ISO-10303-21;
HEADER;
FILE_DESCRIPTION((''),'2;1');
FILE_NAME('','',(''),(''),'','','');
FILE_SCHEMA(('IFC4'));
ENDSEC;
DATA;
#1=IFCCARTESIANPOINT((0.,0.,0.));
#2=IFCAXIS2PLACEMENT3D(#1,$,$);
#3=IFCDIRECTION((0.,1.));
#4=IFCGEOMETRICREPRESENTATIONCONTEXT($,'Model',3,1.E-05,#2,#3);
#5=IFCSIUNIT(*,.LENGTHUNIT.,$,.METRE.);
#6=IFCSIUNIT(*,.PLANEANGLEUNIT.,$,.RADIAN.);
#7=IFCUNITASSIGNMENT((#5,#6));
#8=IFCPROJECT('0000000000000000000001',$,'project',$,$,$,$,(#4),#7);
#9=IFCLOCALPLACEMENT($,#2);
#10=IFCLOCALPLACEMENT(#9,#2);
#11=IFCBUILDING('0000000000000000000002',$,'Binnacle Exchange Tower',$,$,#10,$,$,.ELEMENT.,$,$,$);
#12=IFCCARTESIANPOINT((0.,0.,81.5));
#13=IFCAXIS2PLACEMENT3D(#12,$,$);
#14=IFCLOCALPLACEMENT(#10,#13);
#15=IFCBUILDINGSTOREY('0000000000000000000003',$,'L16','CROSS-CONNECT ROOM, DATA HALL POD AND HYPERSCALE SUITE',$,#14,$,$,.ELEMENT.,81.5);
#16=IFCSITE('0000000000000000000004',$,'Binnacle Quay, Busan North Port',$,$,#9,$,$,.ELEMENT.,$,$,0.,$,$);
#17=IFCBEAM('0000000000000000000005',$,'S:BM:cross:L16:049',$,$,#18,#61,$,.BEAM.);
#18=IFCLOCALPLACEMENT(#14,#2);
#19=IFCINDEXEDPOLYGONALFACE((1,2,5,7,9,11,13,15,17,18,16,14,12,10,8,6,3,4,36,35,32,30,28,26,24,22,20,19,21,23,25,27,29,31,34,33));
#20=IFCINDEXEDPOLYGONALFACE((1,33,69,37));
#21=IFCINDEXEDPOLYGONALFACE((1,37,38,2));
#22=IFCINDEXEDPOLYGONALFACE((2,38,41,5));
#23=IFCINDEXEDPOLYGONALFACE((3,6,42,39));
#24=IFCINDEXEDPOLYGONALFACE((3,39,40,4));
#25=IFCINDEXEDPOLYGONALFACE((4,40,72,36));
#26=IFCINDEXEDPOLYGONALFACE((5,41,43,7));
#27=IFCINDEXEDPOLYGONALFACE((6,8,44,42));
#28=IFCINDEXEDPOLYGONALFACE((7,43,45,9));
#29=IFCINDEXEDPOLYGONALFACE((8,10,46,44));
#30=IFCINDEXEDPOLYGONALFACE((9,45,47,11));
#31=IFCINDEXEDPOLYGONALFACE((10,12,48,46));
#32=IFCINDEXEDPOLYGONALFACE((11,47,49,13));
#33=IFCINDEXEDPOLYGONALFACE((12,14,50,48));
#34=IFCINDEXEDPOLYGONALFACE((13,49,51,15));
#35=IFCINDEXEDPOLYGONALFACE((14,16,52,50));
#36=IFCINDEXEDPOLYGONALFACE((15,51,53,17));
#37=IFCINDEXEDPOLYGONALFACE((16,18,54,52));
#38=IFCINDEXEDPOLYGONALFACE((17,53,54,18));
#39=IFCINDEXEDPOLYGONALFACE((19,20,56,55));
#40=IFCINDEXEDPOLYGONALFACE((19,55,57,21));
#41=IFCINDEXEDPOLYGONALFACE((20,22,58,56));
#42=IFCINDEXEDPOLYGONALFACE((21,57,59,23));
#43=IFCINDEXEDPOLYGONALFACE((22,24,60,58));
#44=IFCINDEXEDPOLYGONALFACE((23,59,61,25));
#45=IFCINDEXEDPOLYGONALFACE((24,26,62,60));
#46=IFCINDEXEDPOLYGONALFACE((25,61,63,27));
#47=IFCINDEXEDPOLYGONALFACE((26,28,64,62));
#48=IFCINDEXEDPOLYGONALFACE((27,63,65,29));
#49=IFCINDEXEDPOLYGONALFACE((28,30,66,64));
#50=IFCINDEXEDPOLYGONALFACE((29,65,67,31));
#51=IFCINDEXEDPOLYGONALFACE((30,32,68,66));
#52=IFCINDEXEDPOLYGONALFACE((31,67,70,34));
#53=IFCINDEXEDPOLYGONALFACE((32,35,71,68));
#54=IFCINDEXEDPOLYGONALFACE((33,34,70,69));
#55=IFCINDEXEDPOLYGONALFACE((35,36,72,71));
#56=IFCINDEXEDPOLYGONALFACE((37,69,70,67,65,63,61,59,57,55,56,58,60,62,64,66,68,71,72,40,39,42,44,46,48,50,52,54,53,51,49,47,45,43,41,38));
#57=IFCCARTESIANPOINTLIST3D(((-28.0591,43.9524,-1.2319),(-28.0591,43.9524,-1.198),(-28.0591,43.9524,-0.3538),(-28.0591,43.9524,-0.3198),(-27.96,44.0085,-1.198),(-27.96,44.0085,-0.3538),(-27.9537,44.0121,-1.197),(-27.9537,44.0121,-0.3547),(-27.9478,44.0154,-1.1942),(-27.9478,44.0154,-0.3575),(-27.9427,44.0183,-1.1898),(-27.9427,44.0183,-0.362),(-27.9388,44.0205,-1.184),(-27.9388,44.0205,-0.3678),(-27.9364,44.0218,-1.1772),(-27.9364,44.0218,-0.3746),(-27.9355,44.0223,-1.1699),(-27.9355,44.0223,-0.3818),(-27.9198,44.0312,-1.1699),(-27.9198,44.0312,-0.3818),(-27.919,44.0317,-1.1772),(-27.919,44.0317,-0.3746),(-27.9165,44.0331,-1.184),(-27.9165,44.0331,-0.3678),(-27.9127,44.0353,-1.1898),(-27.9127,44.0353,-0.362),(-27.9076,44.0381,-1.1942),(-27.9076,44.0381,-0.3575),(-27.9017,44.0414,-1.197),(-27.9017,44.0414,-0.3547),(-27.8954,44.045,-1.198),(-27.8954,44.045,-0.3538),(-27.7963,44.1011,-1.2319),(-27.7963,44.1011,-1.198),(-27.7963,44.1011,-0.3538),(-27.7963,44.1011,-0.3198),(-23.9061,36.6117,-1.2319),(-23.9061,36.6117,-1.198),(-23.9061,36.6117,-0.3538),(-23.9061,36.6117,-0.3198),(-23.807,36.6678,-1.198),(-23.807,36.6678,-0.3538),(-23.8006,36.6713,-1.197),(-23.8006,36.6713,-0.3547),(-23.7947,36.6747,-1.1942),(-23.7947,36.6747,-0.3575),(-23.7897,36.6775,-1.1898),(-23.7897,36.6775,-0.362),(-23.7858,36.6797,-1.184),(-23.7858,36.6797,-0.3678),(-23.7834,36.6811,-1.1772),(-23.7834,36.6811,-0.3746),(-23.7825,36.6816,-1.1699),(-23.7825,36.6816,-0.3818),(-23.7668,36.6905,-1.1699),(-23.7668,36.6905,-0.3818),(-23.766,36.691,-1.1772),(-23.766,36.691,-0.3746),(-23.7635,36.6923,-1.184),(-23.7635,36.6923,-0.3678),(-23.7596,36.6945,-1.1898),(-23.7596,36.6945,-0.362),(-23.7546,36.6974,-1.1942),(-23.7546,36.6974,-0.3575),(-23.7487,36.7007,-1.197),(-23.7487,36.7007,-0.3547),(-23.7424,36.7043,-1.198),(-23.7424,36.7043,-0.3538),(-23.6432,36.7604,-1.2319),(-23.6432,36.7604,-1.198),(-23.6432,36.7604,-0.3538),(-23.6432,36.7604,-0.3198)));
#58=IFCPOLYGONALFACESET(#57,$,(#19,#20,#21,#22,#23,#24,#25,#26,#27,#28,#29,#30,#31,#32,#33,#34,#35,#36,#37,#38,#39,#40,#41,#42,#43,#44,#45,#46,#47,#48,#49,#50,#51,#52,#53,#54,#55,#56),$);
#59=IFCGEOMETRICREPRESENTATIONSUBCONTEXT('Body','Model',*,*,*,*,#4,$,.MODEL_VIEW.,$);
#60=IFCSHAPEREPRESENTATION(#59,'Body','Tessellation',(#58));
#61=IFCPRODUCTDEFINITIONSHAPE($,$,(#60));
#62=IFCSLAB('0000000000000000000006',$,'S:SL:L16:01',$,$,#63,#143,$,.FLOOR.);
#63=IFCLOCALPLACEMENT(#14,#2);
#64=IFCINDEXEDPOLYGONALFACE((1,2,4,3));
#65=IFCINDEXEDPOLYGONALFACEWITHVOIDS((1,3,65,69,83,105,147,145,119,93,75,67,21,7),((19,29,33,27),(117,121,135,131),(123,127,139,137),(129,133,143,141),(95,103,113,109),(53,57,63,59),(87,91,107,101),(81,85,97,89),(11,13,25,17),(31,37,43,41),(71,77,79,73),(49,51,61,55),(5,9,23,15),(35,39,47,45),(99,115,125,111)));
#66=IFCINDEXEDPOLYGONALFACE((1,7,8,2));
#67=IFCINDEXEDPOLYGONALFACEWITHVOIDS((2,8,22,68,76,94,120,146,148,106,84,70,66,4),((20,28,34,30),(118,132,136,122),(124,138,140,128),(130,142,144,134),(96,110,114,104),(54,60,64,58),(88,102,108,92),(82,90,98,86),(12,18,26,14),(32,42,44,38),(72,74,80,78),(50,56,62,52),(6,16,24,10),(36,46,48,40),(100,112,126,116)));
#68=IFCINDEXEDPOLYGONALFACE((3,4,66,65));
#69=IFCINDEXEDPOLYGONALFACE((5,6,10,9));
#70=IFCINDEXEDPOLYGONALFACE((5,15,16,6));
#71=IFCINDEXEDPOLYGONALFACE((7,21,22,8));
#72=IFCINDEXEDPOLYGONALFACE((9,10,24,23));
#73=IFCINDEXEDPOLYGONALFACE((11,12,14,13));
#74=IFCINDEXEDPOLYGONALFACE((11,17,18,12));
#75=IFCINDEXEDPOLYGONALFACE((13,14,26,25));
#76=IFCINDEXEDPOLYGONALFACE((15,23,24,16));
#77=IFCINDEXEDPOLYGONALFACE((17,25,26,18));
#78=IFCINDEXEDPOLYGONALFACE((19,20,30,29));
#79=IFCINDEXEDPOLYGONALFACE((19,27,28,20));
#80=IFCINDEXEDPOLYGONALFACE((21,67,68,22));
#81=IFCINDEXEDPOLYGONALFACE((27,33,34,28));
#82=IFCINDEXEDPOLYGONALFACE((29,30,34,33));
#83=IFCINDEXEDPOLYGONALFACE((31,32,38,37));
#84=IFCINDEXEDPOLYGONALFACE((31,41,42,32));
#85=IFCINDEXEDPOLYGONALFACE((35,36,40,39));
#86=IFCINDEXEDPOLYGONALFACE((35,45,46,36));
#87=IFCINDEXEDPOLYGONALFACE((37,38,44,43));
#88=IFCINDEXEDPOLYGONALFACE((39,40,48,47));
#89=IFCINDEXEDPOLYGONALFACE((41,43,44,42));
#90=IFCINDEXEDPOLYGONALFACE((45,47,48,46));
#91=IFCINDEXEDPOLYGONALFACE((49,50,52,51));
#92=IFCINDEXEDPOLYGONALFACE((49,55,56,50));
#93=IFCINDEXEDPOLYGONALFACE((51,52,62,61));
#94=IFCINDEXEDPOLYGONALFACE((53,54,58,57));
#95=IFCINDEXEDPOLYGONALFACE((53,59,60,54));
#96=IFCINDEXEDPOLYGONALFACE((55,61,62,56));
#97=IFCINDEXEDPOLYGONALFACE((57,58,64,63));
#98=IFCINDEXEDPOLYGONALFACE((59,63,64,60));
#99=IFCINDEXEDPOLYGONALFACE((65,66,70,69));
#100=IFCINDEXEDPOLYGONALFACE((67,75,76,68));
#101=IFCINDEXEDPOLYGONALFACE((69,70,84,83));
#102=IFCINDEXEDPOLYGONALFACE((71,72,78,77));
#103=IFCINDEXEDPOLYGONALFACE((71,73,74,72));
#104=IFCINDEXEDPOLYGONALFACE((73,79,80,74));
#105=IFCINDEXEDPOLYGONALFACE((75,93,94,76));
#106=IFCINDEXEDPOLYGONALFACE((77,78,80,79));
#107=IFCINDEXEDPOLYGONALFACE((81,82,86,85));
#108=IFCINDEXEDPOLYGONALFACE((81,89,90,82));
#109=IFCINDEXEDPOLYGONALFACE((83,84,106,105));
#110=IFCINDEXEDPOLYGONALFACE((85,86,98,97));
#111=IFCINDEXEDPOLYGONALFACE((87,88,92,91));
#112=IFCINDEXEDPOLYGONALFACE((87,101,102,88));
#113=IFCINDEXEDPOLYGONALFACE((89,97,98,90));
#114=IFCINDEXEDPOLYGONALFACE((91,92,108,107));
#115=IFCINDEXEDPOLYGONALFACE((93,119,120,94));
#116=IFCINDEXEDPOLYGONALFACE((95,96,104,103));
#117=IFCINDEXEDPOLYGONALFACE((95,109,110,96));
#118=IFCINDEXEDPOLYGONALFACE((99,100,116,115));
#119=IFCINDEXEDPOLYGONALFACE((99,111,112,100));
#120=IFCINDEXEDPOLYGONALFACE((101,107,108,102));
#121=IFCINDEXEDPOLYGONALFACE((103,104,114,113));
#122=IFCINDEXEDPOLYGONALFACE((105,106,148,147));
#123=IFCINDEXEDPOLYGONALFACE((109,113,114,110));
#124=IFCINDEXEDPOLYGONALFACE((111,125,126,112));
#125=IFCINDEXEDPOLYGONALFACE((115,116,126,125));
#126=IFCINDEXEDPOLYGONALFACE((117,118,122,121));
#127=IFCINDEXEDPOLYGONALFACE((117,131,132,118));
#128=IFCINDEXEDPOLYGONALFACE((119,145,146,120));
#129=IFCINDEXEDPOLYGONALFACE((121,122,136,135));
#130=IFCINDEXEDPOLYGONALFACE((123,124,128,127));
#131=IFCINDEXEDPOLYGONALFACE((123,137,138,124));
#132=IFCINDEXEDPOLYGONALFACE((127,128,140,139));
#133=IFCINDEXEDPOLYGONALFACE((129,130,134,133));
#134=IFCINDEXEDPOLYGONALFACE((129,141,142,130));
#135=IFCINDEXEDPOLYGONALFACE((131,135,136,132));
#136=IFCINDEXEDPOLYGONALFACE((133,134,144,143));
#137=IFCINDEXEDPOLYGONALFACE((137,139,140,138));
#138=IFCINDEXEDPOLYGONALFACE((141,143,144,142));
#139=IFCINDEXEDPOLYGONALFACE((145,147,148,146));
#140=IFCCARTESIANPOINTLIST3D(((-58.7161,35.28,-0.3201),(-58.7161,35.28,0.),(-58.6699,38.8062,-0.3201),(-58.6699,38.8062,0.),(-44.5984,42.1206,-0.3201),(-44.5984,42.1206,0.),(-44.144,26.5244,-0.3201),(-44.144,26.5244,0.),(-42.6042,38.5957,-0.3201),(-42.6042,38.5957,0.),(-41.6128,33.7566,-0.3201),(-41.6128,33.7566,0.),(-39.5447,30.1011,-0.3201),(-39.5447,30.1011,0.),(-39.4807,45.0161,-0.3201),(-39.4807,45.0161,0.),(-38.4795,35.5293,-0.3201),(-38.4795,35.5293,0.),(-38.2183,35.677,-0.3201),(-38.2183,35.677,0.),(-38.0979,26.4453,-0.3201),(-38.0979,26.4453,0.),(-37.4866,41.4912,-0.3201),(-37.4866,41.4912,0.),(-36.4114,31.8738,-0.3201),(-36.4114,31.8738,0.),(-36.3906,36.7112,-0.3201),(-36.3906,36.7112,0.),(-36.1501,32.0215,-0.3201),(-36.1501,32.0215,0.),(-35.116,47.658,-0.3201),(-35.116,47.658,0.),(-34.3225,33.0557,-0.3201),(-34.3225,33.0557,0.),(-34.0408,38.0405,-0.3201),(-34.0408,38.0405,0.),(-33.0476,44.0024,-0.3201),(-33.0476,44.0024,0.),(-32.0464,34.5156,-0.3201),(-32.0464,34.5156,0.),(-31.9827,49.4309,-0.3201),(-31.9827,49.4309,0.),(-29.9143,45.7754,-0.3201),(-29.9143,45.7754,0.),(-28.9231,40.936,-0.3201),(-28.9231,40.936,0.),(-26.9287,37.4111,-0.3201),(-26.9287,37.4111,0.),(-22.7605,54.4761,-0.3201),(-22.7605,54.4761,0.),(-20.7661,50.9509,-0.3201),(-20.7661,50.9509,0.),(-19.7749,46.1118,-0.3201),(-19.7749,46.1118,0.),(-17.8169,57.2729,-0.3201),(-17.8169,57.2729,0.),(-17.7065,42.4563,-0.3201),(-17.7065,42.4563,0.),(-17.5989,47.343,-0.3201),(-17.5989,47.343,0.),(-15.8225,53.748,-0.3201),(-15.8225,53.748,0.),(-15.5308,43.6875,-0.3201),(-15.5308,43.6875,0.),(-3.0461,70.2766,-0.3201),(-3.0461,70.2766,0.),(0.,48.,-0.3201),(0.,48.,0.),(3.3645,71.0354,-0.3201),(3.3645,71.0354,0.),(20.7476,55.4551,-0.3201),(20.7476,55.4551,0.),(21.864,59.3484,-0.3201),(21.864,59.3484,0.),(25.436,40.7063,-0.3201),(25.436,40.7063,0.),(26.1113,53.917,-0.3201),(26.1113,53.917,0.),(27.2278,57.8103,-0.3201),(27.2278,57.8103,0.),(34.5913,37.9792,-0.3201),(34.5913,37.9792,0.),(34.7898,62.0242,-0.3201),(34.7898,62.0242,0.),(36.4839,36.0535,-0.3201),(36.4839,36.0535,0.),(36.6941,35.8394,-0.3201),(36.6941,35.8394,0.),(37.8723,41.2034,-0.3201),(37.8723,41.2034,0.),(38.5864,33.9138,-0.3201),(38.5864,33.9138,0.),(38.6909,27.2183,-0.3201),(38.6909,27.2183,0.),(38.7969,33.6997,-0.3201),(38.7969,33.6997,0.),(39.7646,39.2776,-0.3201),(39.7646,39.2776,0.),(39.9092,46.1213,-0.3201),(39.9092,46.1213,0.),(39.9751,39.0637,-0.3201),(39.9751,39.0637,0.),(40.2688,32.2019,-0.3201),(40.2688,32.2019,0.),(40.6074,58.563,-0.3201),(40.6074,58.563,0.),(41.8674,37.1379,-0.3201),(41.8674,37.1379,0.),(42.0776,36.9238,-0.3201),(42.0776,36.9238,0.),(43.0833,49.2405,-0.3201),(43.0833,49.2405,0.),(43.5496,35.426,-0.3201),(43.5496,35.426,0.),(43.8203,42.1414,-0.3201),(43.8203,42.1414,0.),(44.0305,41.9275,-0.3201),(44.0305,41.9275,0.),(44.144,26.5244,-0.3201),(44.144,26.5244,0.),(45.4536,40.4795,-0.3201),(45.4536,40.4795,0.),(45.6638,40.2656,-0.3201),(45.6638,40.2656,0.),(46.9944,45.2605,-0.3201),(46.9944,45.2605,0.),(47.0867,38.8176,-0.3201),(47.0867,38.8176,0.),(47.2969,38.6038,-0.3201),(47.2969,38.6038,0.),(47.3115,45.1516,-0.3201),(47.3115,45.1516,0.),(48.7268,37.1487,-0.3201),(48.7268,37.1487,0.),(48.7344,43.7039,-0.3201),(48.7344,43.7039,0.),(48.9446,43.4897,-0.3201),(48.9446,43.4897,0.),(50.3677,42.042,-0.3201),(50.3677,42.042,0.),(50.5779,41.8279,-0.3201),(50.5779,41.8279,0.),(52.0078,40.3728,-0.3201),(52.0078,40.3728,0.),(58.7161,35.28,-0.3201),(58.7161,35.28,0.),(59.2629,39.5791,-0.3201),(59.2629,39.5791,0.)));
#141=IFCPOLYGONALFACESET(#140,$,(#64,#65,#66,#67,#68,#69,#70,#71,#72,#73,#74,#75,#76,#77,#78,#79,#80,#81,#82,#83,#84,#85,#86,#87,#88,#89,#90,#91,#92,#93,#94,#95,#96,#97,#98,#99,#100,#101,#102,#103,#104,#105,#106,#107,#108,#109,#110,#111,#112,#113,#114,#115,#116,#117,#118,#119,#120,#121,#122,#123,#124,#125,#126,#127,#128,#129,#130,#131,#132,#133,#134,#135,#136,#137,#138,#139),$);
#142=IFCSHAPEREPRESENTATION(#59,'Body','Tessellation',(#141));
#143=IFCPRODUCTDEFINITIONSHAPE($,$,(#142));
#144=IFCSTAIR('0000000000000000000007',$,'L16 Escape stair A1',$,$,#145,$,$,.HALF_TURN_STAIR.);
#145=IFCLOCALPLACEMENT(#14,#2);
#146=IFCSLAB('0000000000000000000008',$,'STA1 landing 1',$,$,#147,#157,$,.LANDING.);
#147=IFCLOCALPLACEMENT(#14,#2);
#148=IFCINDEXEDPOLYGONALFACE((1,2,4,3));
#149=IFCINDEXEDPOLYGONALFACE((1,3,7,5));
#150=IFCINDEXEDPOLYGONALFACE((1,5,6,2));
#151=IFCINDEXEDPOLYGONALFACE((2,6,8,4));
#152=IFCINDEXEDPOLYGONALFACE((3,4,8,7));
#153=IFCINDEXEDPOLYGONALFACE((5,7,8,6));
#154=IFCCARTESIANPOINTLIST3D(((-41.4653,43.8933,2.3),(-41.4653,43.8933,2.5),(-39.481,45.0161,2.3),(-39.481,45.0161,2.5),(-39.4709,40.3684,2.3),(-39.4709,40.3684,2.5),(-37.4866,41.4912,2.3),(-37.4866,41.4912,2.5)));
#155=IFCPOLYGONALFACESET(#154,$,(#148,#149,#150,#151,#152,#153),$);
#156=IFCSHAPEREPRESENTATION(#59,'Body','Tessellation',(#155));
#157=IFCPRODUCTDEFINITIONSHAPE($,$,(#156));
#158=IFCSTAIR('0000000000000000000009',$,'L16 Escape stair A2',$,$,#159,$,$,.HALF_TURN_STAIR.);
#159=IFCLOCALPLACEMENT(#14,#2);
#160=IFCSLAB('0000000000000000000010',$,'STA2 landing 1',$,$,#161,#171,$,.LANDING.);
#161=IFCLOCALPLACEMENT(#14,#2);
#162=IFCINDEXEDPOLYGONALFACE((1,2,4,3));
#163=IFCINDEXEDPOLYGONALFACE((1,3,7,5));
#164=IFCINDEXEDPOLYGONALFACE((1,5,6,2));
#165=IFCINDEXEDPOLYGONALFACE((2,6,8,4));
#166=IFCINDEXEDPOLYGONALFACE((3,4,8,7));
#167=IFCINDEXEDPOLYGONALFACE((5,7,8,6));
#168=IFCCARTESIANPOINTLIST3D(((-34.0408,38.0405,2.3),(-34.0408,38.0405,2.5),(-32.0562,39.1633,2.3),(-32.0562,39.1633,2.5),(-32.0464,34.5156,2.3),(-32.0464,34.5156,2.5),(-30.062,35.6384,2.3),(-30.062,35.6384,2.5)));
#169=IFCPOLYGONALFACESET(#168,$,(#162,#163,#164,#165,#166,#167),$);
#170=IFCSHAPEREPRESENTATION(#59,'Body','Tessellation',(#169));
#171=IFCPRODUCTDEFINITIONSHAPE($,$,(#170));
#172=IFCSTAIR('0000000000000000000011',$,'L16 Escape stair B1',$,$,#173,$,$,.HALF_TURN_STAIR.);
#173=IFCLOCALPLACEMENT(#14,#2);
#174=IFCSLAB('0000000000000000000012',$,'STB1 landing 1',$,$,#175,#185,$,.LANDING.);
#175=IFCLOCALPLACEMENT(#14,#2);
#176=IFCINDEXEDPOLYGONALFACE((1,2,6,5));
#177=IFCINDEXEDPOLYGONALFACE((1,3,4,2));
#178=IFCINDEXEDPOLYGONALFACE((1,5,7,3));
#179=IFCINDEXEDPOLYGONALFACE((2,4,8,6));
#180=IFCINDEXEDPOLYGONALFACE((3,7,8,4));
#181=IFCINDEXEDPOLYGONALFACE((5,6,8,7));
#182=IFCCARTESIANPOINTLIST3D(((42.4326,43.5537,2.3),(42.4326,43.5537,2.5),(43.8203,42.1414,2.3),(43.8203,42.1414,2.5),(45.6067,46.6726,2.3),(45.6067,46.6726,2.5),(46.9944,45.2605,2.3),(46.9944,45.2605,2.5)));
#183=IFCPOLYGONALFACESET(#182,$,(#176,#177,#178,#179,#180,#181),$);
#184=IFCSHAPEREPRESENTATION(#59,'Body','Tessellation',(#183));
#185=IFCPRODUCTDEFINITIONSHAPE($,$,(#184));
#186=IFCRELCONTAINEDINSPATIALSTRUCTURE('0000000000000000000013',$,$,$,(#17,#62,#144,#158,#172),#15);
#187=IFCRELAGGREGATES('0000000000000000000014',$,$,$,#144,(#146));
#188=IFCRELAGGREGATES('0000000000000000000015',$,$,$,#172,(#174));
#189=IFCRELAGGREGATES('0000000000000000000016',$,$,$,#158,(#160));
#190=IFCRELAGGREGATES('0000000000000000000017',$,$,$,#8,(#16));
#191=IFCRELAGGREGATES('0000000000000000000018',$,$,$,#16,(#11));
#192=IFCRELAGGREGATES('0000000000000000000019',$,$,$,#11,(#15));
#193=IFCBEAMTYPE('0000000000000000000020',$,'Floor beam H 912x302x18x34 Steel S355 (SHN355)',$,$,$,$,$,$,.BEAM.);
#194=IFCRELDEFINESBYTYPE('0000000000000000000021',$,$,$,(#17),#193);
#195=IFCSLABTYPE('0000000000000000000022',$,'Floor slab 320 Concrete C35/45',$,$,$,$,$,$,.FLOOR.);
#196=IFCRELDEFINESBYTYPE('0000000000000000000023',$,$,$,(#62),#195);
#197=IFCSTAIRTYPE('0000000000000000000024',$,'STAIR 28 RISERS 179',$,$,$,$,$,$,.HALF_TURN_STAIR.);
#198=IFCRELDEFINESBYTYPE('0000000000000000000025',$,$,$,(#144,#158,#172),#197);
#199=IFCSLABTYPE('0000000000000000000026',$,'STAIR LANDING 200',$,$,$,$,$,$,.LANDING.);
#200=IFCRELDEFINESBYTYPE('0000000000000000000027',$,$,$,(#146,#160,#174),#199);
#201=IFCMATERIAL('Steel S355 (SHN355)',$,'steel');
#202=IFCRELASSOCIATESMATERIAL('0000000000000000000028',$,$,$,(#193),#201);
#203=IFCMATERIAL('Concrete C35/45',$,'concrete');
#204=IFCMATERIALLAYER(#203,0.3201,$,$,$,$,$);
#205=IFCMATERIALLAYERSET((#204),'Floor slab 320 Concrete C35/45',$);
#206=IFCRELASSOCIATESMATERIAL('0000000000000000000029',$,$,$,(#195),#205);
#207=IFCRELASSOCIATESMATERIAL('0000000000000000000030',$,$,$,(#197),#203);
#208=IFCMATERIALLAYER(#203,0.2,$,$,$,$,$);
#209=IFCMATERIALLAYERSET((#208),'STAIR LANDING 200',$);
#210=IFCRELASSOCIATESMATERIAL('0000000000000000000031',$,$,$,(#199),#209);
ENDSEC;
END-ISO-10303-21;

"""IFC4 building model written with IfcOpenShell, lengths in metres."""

from ifc_helpers import new_model, si_unit, direction, frame, origin, origin_2d, place, context, subcontext, project, spatial, polyline, i_section, outline, extrude, material, layer, layer_set, material_profile, profile_set, type_object, element, aggregate, save


model = new_model("IFC4")

# Units and contexts
model_context = context("Model", 3, precision=1e-05, world=origin(), true_north=direction((0.0, 1.0)))
body_context = subcontext(model_context, "Body", "Model", "MODEL_VIEW")
ifc_project = project(units=[si_unit("LENGTHUNIT", "METRE"), si_unit("PLANEANGLEUNIT", "RADIAN")], contexts=[model_context])

# Site, building, storey
site_placement = place(None, origin())
site = spatial("IfcSite", under=ifc_project, at=site_placement, Name="Binnacle Quay, Busan North Port", CompositionType="ELEMENT", RefElevation=0.0)
building_placement = place(site_placement, origin())
building = spatial("IfcBuilding", under=site, at=building_placement, Name="Binnacle Exchange Tower", CompositionType="ELEMENT")
storey_placement = place(building_placement, frame((0.0, 0.0, 81.5)))
storey = spatial("IfcBuildingStorey", under=building, at=storey_placement, Name="L16", Description="CROSS-CONNECT ROOM, DATA HALL POD AND HYPERSCALE SUITE", CompositionType="ELEMENT", Elevation=81.5)

# Beam
ifc_material_1 = material(Name="Steel S355 (SHN355)", Category="steel")
ifc_material_profile_1 = material_profile(ifc_material_1, i_section(OverallWidth=0.302, OverallDepth=0.9121, WebThickness=0.0181, FlangeThickness=0.0339, FilletRadius=0.0281, at=origin_2d()), Name="H 912x302x18x34")
ifc_profile_set_1 = profile_set([ifc_material_profile_1], Name="Steel S355 (SHN355)")
beam_type_1 = type_object("IfcBeamType", Name="Floor beam H 912x302x18x34 Steel S355 (SHN355)", PredefinedType="BEAM", material=ifc_profile_set_1)
beam_1_placement = place(storey_placement, frame((-23.7747, 36.686, -0.7759), z_axis=(-0.492409, 0.870364, 0.0), x_axis=(-0.870364, -0.492409, 0.0)))
element("IfcBeam", 1, at=beam_1_placement, inside=storey, type_object=beam_type_1, Name="S:BM:cross:L16:049", PredefinedType="BEAM", context=body_context, shape_type="SweptSolid", body=[
    extrude(i_section(OverallWidth=0.302, OverallDepth=0.9121, WebThickness=0.0181, FlangeThickness=0.0339, FilletRadius=0.0281, at=origin_2d()), origin(), (0.0, 0.0, 1.0), 8.4341),
])

# Slab
ifc_material_2 = material(Name="Concrete C35/45", Category="concrete")
ifc_layer_1 = layer(ifc_material_2, 0.3201)
ifc_layer_set_1 = layer_set([ifc_layer_1], Name="Floor slab 320 Concrete C35/45")
slab_type_1 = type_object("IfcSlabType", Name="Floor slab 320 Concrete C35/45", PredefinedType="FLOOR", material=ifc_layer_set_1)
slab_1_placement = place(storey_placement, frame((0.0, 0.0, -0.3201)))
element("IfcSlab", 2, at=slab_1_placement, inside=storey, type_object=slab_type_1, Name="S:SL:L16:01", PredefinedType="FLOOR", context=body_context, shape_type="SweptSolid", body=[
    extrude(outline(polyline([(59.2629, 39.5791), (58.7161, 35.28), (44.144, 26.5244), (38.6909, 27.2183), (25.436, 40.7063), (0.0, 48.0), (-38.0979, 26.4453), (-44.144, 26.5244), (-58.7161, 35.28), (-58.6699, 38.8062), (-3.0461, 70.2766), (3.3645, 71.0354), (34.7898, 62.0242), (40.6074, 58.563), (59.2629, 39.5791)]), holes=[polyline([(-38.4795, 35.5293), (-41.6128, 33.7566), (-39.5447, 30.1011), (-36.4114, 31.8738), (-38.4795, 35.5293)]), polyline([(-34.3225, 33.0557), (-36.3906, 36.7112), (-38.2183, 35.677), (-36.1501, 32.0215), (-34.3225, 33.0557)]), polyline([(-34.0408, 38.0405), (-32.0464, 34.5156), (-26.9287, 37.4111), (-28.9231, 40.936), (-34.0408, 38.0405)]), polyline([(-37.4866, 41.4912), (-39.4807, 45.0161), (-44.5984, 42.1206), (-42.6042, 38.5957), (-37.4866, 41.4912)]), polyline([(-15.5308, 43.6875), (-17.5989, 47.343), (-19.7749, 46.1118), (-17.7065, 42.4563), (-15.5308, 43.6875)]), polyline([(-29.9143, 45.7754), (-31.9827, 49.4309), (-35.116, 47.658), (-33.0476, 44.0024), (-29.9143, 45.7754)]), polyline([(-15.8225, 53.748), (-17.8169, 57.2729), (-22.7605, 54.4761), (-20.7661, 50.9509), (-15.8225, 53.748)]), polyline([(26.1113, 53.917), (27.2278, 57.8103), (21.864, 59.3484), (20.7476, 55.4551), (26.1113, 53.917)]), polyline([(40.2688, 32.2019), (43.5496, 35.426), (42.0776, 36.9238), (38.7969, 33.6997), (40.2688, 32.2019)]), polyline([(38.5864, 33.9138), (41.8674, 37.1379), (39.9751, 39.0637), (36.6941, 35.8394), (38.5864, 33.9138)]), polyline([(36.4839, 36.0535), (39.7646, 39.2776), (37.8723, 41.2034), (34.5913, 37.9792), (36.4839, 36.0535)]), polyline([(48.7268, 37.1487), (52.0078, 40.3728), (50.5779, 41.8279), (47.2969, 38.6038), (48.7268, 37.1487)]), polyline([(47.0867, 38.8176), (50.3677, 42.042), (48.9446, 43.4897), (45.6638, 40.2656), (47.0867, 38.8176)]), polyline([(45.4536, 40.4795), (48.7344, 43.7039), (47.3115, 45.1516), (44.0305, 41.9275), (45.4536, 40.4795)]), polyline([(43.8203, 42.1414), (46.9944, 45.2605), (43.0833, 49.2405), (39.9092, 46.1213), (43.8203, 42.1414)])]), origin(), (0.0, 0.0, 1.0), 0.3201),
])

# Stairs, slabs
stair_type = type_object("IfcStairType", Name="STAIR 28 RISERS 179", PredefinedType="HALF_TURN_STAIR", material=ifc_material_2)
stair_1_placement = place(storey_placement, origin())
stair_1 = element("IfcStair", 3, at=stair_1_placement, inside=storey, type_object=stair_type, Name="L16 Escape stair A1", PredefinedType="HALF_TURN_STAIR")
ifc_layer_2 = layer(ifc_material_2, 0.2)
ifc_layer_set_2 = layer_set([ifc_layer_2], Name="STAIR LANDING 200")
slab_type_2 = type_object("IfcSlabType", Name="STAIR LANDING 200", PredefinedType="LANDING", material=ifc_layer_set_2)
slab_2_placement = place(storey_placement, frame((0.0, 0.0, 2.3)))
slab_2 = element("IfcSlab", 4, at=slab_2_placement, type_object=slab_type_2, Name="STA1 landing 1", PredefinedType="LANDING", context=body_context, shape_type="SweptSolid", body=[
    extrude(outline(polyline([(-39.4709, 40.3684), (-37.4866, 41.4912), (-39.481, 45.0161), (-41.4653, 43.8933), (-39.4709, 40.3684)])), origin(), (0.0, 0.0, 1.0), 0.2),
])
aggregate(stair_1, [slab_2])
stair_2_placement = place(storey_placement, origin())
stair_2 = element("IfcStair", 5, at=stair_2_placement, inside=storey, type_object=stair_type, Name="L16 Escape stair A2", PredefinedType="HALF_TURN_STAIR")
slab_3_placement = place(storey_placement, frame((0.0, 0.0, 2.3)))
slab_3 = element("IfcSlab", 6, at=slab_3_placement, type_object=slab_type_2, Name="STA2 landing 1", PredefinedType="LANDING", context=body_context, shape_type="SweptSolid", body=[
    extrude(outline(polyline([(-32.0562, 39.1633), (-34.0408, 38.0405), (-32.0464, 34.5156), (-30.062, 35.6384), (-32.0562, 39.1633)])), origin(), (0.0, 0.0, 1.0), 0.2),
])
stair_3_placement = place(storey_placement, origin())
stair_3 = element("IfcStair", 7, at=stair_3_placement, inside=storey, type_object=stair_type, Name="L16 Escape stair B1", PredefinedType="HALF_TURN_STAIR")
slab_4_placement = place(storey_placement, frame((0.0, 0.0, 2.3)))
slab_4 = element("IfcSlab", 8, at=slab_4_placement, type_object=slab_type_2, Name="STB1 landing 1", PredefinedType="LANDING", context=body_context, shape_type="SweptSolid", body=[
    extrude(outline(polyline([(42.4326, 43.5537), (43.8203, 42.1414), (46.9944, 45.2605), (45.6067, 46.6726), (42.4326, 43.5537)])), origin(), (0.0, 0.0, 1.0), 0.2),
])
aggregate(stair_3, [slab_4])

aggregate(stair_2, [slab_3])

save(model, "model.ifc")
